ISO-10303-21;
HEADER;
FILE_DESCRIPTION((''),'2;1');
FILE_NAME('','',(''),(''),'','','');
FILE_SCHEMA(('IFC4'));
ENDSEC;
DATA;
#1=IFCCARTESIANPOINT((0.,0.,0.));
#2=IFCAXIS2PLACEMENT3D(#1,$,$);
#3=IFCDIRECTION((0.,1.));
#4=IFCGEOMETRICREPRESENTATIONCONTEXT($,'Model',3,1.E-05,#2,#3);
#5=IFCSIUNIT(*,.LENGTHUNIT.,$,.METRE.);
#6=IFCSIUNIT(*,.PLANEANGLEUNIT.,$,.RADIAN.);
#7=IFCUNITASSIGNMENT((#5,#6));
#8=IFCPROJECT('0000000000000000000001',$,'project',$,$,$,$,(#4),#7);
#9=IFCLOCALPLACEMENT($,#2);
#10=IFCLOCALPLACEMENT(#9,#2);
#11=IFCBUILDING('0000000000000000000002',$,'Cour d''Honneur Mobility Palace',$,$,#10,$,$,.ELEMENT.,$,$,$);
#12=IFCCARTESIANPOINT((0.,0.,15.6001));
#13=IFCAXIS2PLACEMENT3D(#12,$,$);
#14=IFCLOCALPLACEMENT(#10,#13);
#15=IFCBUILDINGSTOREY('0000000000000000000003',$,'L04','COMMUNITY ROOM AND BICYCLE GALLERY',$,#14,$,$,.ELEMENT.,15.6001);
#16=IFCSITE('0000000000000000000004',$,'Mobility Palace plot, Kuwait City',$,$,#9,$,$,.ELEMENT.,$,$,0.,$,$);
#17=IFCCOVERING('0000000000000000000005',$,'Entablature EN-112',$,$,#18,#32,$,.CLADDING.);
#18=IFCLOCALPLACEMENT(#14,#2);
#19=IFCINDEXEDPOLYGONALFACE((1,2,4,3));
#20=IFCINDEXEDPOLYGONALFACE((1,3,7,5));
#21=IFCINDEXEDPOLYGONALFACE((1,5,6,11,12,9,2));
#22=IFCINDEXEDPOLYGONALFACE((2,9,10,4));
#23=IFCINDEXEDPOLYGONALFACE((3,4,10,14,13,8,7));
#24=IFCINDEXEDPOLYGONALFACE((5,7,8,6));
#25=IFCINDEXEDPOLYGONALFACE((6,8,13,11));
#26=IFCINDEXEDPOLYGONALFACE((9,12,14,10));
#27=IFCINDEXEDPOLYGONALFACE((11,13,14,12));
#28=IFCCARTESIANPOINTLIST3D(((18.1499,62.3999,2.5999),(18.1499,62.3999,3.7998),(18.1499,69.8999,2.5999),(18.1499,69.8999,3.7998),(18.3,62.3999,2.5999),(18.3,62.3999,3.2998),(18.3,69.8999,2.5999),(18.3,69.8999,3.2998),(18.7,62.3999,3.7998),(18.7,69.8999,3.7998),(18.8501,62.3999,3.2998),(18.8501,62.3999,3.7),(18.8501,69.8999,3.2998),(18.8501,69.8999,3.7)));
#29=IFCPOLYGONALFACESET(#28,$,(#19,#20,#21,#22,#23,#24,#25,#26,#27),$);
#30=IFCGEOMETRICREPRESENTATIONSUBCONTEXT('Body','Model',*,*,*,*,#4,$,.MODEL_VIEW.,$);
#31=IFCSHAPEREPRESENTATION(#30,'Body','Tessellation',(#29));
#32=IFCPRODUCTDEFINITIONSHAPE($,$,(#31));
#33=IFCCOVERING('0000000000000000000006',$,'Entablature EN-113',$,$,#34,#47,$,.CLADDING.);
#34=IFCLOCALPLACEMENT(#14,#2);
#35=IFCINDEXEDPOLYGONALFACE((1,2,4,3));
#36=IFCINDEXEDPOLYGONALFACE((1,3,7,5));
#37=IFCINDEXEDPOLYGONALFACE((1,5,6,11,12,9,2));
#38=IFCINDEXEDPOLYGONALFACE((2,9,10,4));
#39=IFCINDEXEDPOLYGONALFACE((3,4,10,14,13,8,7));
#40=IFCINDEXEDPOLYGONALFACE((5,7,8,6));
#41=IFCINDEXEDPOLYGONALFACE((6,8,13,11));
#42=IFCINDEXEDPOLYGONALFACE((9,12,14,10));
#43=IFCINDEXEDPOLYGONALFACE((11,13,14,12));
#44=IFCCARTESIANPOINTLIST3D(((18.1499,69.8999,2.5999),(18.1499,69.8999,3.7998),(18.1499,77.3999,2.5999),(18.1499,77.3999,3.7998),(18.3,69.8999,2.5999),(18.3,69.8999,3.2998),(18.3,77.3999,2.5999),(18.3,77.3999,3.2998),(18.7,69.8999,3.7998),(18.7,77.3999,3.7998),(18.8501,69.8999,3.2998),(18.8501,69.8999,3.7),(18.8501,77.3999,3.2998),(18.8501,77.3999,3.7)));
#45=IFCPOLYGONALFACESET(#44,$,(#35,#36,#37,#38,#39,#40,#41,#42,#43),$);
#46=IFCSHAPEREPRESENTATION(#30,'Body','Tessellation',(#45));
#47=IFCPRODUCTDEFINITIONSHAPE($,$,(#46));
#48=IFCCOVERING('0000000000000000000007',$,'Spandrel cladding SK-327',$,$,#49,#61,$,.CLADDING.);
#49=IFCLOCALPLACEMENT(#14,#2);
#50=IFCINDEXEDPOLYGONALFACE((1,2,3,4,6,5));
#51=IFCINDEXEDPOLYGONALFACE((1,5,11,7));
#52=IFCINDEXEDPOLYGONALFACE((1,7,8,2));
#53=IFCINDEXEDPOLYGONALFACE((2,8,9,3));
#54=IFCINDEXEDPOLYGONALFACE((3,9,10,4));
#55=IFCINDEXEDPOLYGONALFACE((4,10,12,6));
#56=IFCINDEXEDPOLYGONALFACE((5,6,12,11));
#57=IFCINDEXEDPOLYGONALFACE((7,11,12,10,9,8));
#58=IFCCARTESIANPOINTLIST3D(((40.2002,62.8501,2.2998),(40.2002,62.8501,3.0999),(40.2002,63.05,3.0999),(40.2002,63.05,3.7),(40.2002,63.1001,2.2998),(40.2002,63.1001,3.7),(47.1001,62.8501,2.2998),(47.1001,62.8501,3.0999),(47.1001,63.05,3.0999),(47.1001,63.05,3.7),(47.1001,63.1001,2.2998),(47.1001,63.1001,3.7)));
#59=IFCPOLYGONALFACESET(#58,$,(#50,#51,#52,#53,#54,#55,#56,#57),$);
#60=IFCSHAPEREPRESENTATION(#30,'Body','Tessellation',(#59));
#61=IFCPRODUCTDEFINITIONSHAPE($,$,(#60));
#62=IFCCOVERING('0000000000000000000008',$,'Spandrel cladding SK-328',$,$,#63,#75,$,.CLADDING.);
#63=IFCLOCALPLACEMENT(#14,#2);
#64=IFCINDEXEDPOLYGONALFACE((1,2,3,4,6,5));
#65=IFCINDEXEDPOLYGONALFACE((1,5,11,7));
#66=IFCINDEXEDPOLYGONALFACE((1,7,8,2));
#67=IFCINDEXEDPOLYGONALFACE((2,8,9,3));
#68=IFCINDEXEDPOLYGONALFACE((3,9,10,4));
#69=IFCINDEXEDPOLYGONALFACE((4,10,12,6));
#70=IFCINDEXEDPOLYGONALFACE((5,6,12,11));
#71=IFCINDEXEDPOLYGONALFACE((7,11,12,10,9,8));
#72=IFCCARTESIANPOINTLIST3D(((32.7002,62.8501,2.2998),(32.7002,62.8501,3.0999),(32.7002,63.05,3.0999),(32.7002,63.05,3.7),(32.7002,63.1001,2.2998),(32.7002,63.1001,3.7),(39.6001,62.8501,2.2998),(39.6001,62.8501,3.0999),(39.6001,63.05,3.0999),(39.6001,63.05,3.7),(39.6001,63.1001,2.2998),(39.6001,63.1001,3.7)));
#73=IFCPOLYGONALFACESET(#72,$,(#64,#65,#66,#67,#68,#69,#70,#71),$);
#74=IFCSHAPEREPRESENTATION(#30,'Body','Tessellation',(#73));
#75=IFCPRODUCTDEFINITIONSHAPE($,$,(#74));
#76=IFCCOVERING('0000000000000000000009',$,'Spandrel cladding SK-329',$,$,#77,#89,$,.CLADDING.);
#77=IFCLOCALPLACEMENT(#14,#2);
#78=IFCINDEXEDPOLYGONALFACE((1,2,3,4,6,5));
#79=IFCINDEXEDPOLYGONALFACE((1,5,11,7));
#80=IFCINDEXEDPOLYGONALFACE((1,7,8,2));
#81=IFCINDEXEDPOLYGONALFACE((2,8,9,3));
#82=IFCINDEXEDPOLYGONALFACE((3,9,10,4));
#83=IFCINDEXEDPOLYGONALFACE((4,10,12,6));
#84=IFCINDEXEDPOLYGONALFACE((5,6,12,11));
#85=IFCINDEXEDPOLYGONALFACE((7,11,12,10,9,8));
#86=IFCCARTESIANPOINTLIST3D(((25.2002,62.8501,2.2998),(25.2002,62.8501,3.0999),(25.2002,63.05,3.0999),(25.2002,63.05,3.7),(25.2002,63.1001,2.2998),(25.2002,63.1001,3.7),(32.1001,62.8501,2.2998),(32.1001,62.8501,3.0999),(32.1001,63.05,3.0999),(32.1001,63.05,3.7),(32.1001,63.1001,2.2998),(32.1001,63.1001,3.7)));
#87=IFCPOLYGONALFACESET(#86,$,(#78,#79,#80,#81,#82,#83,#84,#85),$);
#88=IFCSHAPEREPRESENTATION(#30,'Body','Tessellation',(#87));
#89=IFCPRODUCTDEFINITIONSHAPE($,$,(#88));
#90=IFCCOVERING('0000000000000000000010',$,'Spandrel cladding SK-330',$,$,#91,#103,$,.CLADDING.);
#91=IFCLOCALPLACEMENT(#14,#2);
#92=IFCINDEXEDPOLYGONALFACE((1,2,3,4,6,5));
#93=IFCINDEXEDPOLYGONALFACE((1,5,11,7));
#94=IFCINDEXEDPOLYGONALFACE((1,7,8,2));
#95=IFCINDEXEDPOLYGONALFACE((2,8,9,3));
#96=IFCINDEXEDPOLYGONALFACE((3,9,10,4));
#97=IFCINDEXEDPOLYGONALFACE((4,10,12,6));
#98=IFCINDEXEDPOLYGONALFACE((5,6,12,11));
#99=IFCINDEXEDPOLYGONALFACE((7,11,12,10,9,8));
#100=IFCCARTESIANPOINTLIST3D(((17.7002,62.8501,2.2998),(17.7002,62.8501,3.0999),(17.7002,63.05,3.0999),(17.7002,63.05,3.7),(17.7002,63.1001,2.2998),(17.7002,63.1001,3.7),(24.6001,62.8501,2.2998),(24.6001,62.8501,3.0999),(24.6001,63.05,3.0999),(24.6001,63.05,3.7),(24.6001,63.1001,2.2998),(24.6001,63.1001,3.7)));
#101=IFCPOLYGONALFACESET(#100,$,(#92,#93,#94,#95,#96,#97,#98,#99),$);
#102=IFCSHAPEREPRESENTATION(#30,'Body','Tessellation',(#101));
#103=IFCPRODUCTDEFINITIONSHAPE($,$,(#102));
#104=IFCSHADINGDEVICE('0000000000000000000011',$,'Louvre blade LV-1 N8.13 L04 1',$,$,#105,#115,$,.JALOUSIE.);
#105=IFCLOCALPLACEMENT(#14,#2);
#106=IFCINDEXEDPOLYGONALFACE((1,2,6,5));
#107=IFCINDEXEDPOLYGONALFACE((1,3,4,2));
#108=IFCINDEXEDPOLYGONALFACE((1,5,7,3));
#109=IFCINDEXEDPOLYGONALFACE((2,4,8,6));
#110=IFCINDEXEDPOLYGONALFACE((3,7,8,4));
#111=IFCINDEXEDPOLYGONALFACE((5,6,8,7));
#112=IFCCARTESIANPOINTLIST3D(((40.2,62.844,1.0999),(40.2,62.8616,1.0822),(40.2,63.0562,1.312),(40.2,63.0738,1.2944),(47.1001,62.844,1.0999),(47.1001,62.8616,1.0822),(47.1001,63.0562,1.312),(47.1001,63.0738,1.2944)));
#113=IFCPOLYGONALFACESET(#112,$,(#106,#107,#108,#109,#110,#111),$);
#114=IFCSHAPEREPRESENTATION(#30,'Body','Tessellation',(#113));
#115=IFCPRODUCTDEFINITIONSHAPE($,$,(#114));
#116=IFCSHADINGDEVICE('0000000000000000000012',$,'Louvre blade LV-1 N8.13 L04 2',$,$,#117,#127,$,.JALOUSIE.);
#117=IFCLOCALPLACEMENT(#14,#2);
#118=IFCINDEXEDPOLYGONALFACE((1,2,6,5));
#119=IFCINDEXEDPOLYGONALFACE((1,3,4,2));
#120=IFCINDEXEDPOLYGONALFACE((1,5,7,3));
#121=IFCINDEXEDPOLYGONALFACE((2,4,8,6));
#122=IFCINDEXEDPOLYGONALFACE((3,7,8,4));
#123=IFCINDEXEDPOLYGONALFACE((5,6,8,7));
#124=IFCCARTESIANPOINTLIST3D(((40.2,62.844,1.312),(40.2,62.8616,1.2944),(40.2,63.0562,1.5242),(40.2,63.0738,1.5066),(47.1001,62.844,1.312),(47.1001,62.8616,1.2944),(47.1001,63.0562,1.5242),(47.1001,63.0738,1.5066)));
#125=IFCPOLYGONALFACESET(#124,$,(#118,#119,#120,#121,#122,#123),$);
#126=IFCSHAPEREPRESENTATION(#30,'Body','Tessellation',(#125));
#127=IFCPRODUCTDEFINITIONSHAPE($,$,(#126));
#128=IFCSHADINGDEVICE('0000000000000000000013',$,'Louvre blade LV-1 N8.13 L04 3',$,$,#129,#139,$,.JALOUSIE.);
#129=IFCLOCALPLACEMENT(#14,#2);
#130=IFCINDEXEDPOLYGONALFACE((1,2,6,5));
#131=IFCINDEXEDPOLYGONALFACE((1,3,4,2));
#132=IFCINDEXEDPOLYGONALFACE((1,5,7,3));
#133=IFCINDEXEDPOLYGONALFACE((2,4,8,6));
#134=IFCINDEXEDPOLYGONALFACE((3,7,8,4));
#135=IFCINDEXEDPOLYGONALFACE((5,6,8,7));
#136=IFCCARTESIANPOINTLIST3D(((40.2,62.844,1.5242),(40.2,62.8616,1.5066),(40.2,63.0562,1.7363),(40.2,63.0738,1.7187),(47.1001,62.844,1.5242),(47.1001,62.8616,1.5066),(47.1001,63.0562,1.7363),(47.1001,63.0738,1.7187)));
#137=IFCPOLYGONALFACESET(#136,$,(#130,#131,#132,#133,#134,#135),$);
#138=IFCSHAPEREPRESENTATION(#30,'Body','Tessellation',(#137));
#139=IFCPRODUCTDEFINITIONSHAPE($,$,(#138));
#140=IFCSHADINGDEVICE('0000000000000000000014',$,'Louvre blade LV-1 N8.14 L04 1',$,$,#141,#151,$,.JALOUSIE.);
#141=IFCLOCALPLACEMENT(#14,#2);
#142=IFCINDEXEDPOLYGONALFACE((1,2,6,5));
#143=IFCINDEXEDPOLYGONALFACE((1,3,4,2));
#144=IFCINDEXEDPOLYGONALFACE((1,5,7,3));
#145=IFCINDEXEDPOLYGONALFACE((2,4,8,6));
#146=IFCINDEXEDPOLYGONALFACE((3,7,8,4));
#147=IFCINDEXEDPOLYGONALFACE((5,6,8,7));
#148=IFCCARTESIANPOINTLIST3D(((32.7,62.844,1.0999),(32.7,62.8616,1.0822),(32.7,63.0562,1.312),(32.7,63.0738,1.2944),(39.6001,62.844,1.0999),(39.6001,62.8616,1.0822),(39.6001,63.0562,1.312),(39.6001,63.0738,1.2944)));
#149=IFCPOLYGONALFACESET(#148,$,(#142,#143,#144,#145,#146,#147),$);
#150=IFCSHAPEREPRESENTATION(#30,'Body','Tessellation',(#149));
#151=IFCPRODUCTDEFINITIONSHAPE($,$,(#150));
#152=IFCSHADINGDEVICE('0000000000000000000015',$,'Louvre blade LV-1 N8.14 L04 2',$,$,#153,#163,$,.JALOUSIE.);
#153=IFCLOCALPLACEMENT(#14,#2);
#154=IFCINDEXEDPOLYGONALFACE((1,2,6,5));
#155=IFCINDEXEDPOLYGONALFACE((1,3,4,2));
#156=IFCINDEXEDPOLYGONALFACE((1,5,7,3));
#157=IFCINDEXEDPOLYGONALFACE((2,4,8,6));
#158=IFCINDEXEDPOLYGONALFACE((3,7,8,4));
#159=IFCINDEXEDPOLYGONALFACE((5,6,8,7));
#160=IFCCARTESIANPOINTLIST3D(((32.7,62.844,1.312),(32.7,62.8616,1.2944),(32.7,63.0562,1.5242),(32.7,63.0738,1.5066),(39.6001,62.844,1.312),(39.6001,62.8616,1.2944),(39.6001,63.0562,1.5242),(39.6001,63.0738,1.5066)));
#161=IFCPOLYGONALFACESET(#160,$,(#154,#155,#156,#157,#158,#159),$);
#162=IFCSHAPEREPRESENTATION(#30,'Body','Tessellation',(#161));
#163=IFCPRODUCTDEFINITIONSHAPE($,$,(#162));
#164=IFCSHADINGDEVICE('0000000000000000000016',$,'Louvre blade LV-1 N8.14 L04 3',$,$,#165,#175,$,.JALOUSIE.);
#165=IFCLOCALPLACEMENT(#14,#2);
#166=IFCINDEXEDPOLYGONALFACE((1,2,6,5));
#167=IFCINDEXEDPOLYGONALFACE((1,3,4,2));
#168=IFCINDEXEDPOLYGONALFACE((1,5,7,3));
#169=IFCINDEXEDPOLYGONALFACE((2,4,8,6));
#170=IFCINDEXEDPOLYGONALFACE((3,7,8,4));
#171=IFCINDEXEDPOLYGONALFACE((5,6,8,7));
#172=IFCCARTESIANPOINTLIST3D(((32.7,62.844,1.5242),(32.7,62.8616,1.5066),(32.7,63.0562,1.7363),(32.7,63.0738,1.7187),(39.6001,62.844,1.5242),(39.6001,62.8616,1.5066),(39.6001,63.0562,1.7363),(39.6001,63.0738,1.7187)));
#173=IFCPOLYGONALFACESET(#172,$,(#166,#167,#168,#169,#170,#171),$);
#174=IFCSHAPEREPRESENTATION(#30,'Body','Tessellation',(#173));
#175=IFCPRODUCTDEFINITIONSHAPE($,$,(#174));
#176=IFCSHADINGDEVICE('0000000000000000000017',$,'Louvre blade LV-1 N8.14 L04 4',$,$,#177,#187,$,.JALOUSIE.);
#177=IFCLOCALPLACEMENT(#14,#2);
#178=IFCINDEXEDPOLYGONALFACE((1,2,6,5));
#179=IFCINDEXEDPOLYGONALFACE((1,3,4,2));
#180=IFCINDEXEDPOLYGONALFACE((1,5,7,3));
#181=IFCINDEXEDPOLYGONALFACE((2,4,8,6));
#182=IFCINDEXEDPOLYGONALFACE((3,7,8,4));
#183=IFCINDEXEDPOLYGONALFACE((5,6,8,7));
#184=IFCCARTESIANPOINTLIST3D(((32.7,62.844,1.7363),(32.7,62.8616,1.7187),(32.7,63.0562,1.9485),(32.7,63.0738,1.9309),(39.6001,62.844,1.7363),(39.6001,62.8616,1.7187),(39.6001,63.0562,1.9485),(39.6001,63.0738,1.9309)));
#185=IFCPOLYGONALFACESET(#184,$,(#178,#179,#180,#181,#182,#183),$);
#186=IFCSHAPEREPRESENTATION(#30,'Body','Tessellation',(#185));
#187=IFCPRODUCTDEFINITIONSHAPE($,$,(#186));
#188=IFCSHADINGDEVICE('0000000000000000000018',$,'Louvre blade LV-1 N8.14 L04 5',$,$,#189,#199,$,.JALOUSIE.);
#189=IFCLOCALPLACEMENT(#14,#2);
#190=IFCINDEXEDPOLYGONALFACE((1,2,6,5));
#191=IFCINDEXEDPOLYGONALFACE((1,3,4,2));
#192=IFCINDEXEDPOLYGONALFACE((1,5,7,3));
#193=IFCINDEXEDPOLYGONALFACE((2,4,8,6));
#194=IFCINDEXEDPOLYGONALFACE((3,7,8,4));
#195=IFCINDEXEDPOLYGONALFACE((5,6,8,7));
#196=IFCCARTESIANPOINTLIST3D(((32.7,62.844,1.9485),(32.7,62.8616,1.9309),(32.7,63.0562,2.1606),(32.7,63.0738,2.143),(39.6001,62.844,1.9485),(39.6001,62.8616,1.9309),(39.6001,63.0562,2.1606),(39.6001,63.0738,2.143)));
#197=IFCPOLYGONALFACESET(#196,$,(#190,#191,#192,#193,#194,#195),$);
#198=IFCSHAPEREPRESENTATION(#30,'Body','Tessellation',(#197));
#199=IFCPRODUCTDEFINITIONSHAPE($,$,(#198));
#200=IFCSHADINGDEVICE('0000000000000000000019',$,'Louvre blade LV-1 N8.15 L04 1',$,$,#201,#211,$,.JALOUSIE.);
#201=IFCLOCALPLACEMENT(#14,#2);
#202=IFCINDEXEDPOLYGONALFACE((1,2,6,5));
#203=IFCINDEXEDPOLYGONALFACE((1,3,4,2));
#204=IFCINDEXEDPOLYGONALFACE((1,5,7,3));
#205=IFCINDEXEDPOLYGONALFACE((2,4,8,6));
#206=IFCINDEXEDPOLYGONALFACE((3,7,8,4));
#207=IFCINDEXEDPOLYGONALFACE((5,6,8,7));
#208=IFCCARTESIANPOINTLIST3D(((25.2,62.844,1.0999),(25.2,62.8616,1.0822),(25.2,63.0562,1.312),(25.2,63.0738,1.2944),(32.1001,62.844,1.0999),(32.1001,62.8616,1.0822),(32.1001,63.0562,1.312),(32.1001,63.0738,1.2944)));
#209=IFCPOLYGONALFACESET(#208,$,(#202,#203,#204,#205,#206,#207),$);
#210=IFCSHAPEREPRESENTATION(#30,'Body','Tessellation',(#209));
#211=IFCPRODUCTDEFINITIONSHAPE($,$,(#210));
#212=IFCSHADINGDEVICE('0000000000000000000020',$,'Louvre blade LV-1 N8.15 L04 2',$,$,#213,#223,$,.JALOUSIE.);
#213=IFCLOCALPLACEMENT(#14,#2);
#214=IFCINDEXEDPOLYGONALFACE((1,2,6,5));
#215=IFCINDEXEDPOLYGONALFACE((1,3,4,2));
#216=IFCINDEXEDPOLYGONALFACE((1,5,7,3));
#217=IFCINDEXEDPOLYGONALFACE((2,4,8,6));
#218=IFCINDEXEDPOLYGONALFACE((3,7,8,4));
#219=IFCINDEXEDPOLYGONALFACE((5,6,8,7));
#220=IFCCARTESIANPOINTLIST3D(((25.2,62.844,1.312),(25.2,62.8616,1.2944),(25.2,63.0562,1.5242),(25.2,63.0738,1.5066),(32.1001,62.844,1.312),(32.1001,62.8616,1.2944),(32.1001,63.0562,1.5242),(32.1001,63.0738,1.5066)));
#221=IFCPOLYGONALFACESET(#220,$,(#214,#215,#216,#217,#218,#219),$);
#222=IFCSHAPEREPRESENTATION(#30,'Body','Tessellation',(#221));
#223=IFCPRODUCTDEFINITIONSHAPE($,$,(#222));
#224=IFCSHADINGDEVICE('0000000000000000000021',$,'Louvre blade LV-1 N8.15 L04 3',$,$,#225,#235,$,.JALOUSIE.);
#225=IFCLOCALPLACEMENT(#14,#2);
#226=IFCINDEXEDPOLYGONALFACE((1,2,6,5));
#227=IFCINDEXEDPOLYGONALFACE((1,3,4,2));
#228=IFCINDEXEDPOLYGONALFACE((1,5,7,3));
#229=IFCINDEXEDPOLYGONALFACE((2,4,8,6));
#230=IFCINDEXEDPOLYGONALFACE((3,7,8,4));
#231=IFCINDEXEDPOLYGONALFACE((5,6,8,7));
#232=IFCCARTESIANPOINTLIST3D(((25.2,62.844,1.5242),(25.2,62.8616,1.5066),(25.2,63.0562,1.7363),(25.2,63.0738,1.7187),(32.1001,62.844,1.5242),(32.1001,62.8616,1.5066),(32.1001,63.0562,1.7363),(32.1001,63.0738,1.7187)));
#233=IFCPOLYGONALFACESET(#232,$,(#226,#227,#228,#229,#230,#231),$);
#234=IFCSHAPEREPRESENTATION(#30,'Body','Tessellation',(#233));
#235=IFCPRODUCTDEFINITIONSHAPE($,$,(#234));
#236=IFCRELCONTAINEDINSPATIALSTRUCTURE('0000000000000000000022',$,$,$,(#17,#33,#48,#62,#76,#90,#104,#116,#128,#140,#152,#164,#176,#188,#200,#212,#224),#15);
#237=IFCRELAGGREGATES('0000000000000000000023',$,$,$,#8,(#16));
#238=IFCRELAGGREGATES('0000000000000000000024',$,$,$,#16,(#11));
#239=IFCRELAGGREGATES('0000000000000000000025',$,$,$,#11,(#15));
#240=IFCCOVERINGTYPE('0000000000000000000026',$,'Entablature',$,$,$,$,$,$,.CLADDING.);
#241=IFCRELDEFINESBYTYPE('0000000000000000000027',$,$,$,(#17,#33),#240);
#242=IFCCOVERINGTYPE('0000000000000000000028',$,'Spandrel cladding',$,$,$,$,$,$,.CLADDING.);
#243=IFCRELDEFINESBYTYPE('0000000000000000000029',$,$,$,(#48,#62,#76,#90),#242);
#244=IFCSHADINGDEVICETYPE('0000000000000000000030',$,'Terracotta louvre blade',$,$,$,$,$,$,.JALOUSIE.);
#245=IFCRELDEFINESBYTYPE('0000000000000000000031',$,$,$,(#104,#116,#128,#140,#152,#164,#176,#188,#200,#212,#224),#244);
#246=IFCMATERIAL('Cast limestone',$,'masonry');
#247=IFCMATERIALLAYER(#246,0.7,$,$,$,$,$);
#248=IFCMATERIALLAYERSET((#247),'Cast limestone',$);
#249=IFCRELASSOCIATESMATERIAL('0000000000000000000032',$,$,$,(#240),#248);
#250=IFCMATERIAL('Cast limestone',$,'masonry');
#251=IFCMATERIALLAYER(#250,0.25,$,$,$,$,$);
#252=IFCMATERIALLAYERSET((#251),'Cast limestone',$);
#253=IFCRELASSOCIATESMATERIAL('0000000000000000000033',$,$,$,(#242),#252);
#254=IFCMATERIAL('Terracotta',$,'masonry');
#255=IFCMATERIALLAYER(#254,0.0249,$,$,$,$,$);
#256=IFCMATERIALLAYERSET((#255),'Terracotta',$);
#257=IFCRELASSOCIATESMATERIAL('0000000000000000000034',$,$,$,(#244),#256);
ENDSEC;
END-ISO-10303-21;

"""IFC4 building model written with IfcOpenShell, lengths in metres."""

from ifc_helpers import new_model, si_unit, direction, frame, origin, place, context, subcontext, project, spatial, polyline, outline, extrude, material, layer, layer_set, type_object, element, save


model = new_model("IFC4")

# Units and contexts
model_context = context("Model", 3, precision=1e-05, world=origin(), true_north=direction((0.0, 1.0)))
body_context = subcontext(model_context, "Body", "Model", "MODEL_VIEW")
ifc_project = project(units=[si_unit("LENGTHUNIT", "METRE"), si_unit("PLANEANGLEUNIT", "RADIAN")], contexts=[model_context])

# Site, building, storey
site_placement = place(None, origin())
site = spatial("IfcSite", under=ifc_project, at=site_placement, Name="Mobility Palace plot, Kuwait City", CompositionType="ELEMENT", RefElevation=0.0)
building_placement = place(site_placement, origin())
building = spatial("IfcBuilding", under=site, at=building_placement, Name="Cour d'Honneur Mobility Palace", CompositionType="ELEMENT")
storey_placement = place(building_placement, frame((0.0, 0.0, 15.6001)))
storey = spatial("IfcBuildingStorey", under=building, at=storey_placement, Name="L04", Description="COMMUNITY ROOM AND BICYCLE GALLERY", CompositionType="ELEMENT", Elevation=15.6001)

# Coverings
ifc_material_1 = material(Name="Cast limestone", Category="masonry")
ifc_layer_1 = layer(ifc_material_1, 0.7)
ifc_layer_set_1 = layer_set([ifc_layer_1], Name="Cast limestone")
covering_type_1 = type_object("IfcCoveringType", Name="Entablature", PredefinedType="CLADDING", material=ifc_layer_set_1)
for number, where, z_axis, x_axis, name in (
    (1, (18.1499, 62.3999, 2.5999), (0.0, -1.0, 0.0), (1.0, 0.0, 0.0), "Entablature EN-112"),
    (2, (18.1499, 69.8999, 2.5999), (0.0, -1.0, 0.0), (1.0, 0.0, 0.0), "Entablature EN-113"),
):
    element("IfcCovering", number, at=place(storey_placement, frame(where, z_axis=z_axis, x_axis=x_axis)), inside=storey, type_object=covering_type_1, Name=name, PredefinedType="CLADDING", context=body_context, shape_type="SweptSolid", body=[
        extrude(outline(polyline([(0.0, 0.0), (0.1501, 0.0), (0.1501, 0.7), (0.7002, 0.7), (0.7002, 1.1001), (0.55, 1.2), (0.0, 1.2), (0.0, 0.0)])), origin(), (0.0, 0.0, -1.0), 7.5),
    ])
ifc_material_2 = material(Name="Cast limestone", Category="masonry")
ifc_layer_2 = layer(ifc_material_2, 0.25)
ifc_layer_set_2 = layer_set([ifc_layer_2], Name="Cast limestone")
covering_type_2 = type_object("IfcCoveringType", Name="Spandrel cladding", PredefinedType="CLADDING", material=ifc_layer_set_2)
for number, where, z_axis, x_axis, name in (
    (3, (47.1001, 62.8501, 2.2998), (1.0, 0.0, 0.0), (0.0, 1.0, 0.0), "Spandrel cladding SK-327"),
    (4, (39.6001, 62.8501, 2.2998), (1.0, 0.0, 0.0), (0.0, 1.0, 0.0), "Spandrel cladding SK-328"),
    (5, (32.1001, 62.8501, 2.2998), (1.0, 0.0, 0.0), (0.0, 1.0, 0.0), "Spandrel cladding SK-329"),
    (6, (24.6001, 62.8501, 2.2998), (1.0, 0.0, 0.0), (0.0, 1.0, 0.0), "Spandrel cladding SK-330"),
):
    element("IfcCovering", number, at=place(storey_placement, frame(where, z_axis=z_axis, x_axis=x_axis)), inside=storey, type_object=covering_type_2, Name=name, PredefinedType="CLADDING", context=body_context, shape_type="SweptSolid", body=[
        extrude(outline(polyline([(0.0, 0.0), (0.25, 0.0), (0.25, 1.4001), (0.2, 1.4001), (0.2, 0.8), (0.0, 0.8), (0.0, 0.0)])), origin(), (0.0, 0.0, -1.0), 6.8999),
    ])

# Shading devices
ifc_material_3 = material(Name="Terracotta", Category="masonry")
ifc_layer_3 = layer(ifc_material_3, 0.0249)
ifc_layer_set_3 = layer_set([ifc_layer_3], Name="Terracotta")
shading_device_type = type_object("IfcShadingDeviceType", Name="Terracotta louvre blade", PredefinedType="JALOUSIE", material=ifc_layer_set_3)
for number, where, z_axis, x_axis, name in (
    (7, (47.1001, 62.844, 1.0999), (0.0, -0.707107, 0.707107), (-1.0, 0.0, 0.0), "Louvre blade LV-1 N8.13 L04 1"),
    (8, (47.1001, 62.844, 1.312), (0.0, -0.707107, 0.707107), (-1.0, 0.0, 0.0), "Louvre blade LV-1 N8.13 L04 2"),
    (9, (47.1001, 62.844, 1.5242), (0.0, -0.707107, 0.707107), (-1.0, 0.0, 0.0), "Louvre blade LV-1 N8.13 L04 3"),
    (10, (39.6001, 62.844, 1.0999), (0.0, -0.707107, 0.707107), (-1.0, 0.0, 0.0), "Louvre blade LV-1 N8.14 L04 1"),
    (11, (39.6001, 62.844, 1.312), (0.0, -0.707107, 0.707107), (-1.0, 0.0, 0.0), "Louvre blade LV-1 N8.14 L04 2"),
    (12, (39.6001, 62.844, 1.5242), (0.0, -0.707107, 0.707107), (-1.0, 0.0, 0.0), "Louvre blade LV-1 N8.14 L04 3"),
    (13, (39.6001, 62.844, 1.7363), (0.0, -0.707107, 0.707107), (-1.0, 0.0, 0.0), "Louvre blade LV-1 N8.14 L04 4"),
    (14, (39.6001, 62.844, 1.9485), (0.0, -0.707107, 0.707107), (-1.0, 0.0, 0.0), "Louvre blade LV-1 N8.14 L04 5"),
    (15, (32.1001, 62.844, 1.0999), (0.0, -0.707107, 0.707107), (-1.0, 0.0, 0.0), "Louvre blade LV-1 N8.15 L04 1"),
    (16, (32.1001, 62.844, 1.312), (0.0, -0.707107, 0.707107), (-1.0, 0.0, 0.0), "Louvre blade LV-1 N8.15 L04 2"),
    (17, (32.1001, 62.844, 1.5242), (0.0, -0.707107, 0.707107), (-1.0, 0.0, 0.0), "Louvre blade LV-1 N8.15 L04 3"),
):
    element("IfcShadingDevice", number, at=place(storey_placement, frame(where, z_axis=z_axis, x_axis=x_axis)), inside=storey, type_object=shading_device_type, Name=name, PredefinedType="JALOUSIE", context=body_context, shape_type="SweptSolid", body=[
        extrude(outline(polyline([(0.0, 0.0), (6.9001, 0.0), (6.9001, -0.3), (0.0, -0.3), (0.0, 0.0)])), origin(), (0.0, 0.0, -1.0), 0.0249),
    ])

save(model, "model.ifc")
